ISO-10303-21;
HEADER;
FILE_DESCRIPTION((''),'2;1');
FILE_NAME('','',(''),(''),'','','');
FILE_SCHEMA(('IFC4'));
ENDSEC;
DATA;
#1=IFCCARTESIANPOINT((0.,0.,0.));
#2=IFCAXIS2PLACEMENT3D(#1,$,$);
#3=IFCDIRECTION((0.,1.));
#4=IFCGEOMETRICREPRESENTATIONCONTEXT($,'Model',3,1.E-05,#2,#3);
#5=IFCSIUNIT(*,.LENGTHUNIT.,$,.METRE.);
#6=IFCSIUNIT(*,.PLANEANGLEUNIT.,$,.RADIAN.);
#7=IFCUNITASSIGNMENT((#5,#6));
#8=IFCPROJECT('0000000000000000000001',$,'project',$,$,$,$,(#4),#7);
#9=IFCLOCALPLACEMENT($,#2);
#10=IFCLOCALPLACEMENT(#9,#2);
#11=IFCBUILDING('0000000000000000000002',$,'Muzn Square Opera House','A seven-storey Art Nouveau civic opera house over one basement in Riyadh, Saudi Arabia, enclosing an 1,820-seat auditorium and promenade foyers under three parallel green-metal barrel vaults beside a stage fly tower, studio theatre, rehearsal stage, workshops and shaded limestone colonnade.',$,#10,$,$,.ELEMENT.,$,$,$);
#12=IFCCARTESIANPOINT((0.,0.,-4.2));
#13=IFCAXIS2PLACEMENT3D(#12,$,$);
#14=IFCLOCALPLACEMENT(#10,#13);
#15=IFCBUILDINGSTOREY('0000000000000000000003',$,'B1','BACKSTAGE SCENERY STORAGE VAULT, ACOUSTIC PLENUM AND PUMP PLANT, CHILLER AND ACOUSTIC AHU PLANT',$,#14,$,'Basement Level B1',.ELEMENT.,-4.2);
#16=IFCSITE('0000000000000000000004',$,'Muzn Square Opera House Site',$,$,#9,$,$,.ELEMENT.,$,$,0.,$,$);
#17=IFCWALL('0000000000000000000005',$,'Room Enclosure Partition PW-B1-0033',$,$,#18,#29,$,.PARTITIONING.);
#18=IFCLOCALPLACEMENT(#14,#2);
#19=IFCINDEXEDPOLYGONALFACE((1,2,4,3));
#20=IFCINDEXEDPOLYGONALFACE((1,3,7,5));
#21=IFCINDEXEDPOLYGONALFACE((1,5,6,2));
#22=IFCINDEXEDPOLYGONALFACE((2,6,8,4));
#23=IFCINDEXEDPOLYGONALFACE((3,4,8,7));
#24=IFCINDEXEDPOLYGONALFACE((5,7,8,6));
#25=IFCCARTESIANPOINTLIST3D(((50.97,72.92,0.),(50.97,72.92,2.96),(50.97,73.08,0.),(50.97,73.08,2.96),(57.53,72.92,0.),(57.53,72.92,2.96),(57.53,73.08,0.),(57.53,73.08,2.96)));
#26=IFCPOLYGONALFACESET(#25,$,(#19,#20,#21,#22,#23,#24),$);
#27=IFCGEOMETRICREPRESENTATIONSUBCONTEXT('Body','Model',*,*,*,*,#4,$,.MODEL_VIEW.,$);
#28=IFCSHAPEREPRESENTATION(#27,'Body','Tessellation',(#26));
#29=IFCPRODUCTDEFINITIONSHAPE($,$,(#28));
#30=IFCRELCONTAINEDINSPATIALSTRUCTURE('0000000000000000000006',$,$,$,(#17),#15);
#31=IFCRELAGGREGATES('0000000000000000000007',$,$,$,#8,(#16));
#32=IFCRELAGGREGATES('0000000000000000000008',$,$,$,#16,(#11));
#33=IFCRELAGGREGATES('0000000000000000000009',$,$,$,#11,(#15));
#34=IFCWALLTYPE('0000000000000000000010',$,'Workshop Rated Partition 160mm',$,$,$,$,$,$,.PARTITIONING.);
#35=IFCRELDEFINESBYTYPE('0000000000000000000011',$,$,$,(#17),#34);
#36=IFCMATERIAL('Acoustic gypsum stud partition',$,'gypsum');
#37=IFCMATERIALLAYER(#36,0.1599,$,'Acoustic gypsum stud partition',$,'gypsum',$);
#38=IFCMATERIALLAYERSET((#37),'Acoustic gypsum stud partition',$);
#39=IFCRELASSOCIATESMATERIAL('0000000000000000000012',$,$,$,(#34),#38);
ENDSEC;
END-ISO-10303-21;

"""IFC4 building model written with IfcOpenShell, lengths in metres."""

from ifc_helpers import new_model, si_unit, direction, frame, frame_2d, origin, place, context, subcontext, project, spatial, rectangle, extrude, material, layer, layer_set, type_object, element, save


model = new_model("IFC4")

# Units and contexts
model_context = context("Model", 3, precision=1e-05, world=origin(), true_north=direction((0.0, 1.0)))
body_context = subcontext(model_context, "Body", "Model", "MODEL_VIEW")
ifc_project = project(units=[si_unit("LENGTHUNIT", "METRE"), si_unit("PLANEANGLEUNIT", "RADIAN")], contexts=[model_context])

# Site, building, storey
site_placement = place(None, origin())
site = spatial("IfcSite", under=ifc_project, at=site_placement, Name="Muzn Square Opera House Site", CompositionType="ELEMENT", RefElevation=0.0)
building_placement = place(site_placement, origin())
building = spatial("IfcBuilding", under=site, at=building_placement, Name="Muzn Square Opera House", Description="A seven-storey Art Nouveau civic opera house over one basement in Riyadh, Saudi Arabia, enclosing an 1,820-seat auditorium and promenade foyers under three parallel green-metal barrel vaults beside a stage fly tower, studio theatre, rehearsal stage, workshops and shaded limestone colonnade.", CompositionType="ELEMENT")
storey_placement = place(building_placement, frame((0.0, 0.0, -4.2)))
storey = spatial("IfcBuildingStorey", under=building, at=storey_placement, Name="B1", Description="BACKSTAGE SCENERY STORAGE VAULT, ACOUSTIC PLENUM AND PUMP PLANT, CHILLER AND ACOUSTIC AHU PLANT", LongName="Basement Level B1", CompositionType="ELEMENT", Elevation=-4.2)

# Wall
ifc_material_1 = material(Name="Acoustic gypsum stud partition", Category="gypsum")
ifc_layer = layer(ifc_material_1, 0.1599, Name="Acoustic gypsum stud partition", Category="gypsum")
ifc_layer_set = layer_set([ifc_layer], Name="Acoustic gypsum stud partition")
wall_type = type_object("IfcWallType", Name="Workshop Rated Partition 160mm", PredefinedType="PARTITIONING", material=ifc_layer_set)
for number, where, z_axis, x_axis, name in (
    (1, (50.97, 73.0, 0.0), (0.0, 0.0, 1.0), (1.0, 0.0, 0.0), "Room Enclosure Partition PW-B1-0033"),
):
    element("IfcWall", number, at=place(storey_placement, frame(where, z_axis=z_axis, x_axis=x_axis)), inside=storey, type_object=wall_type, Name=name, PredefinedType="PARTITIONING", context=body_context, shape_type="SweptSolid", body=[
        extrude(rectangle(XDim=6.5601, YDim=0.1599, at=frame_2d((3.28, 0.0))), origin(), (0.0, 0.0, 1.0), 2.96),
    ])

save(model, "model.ifc")
